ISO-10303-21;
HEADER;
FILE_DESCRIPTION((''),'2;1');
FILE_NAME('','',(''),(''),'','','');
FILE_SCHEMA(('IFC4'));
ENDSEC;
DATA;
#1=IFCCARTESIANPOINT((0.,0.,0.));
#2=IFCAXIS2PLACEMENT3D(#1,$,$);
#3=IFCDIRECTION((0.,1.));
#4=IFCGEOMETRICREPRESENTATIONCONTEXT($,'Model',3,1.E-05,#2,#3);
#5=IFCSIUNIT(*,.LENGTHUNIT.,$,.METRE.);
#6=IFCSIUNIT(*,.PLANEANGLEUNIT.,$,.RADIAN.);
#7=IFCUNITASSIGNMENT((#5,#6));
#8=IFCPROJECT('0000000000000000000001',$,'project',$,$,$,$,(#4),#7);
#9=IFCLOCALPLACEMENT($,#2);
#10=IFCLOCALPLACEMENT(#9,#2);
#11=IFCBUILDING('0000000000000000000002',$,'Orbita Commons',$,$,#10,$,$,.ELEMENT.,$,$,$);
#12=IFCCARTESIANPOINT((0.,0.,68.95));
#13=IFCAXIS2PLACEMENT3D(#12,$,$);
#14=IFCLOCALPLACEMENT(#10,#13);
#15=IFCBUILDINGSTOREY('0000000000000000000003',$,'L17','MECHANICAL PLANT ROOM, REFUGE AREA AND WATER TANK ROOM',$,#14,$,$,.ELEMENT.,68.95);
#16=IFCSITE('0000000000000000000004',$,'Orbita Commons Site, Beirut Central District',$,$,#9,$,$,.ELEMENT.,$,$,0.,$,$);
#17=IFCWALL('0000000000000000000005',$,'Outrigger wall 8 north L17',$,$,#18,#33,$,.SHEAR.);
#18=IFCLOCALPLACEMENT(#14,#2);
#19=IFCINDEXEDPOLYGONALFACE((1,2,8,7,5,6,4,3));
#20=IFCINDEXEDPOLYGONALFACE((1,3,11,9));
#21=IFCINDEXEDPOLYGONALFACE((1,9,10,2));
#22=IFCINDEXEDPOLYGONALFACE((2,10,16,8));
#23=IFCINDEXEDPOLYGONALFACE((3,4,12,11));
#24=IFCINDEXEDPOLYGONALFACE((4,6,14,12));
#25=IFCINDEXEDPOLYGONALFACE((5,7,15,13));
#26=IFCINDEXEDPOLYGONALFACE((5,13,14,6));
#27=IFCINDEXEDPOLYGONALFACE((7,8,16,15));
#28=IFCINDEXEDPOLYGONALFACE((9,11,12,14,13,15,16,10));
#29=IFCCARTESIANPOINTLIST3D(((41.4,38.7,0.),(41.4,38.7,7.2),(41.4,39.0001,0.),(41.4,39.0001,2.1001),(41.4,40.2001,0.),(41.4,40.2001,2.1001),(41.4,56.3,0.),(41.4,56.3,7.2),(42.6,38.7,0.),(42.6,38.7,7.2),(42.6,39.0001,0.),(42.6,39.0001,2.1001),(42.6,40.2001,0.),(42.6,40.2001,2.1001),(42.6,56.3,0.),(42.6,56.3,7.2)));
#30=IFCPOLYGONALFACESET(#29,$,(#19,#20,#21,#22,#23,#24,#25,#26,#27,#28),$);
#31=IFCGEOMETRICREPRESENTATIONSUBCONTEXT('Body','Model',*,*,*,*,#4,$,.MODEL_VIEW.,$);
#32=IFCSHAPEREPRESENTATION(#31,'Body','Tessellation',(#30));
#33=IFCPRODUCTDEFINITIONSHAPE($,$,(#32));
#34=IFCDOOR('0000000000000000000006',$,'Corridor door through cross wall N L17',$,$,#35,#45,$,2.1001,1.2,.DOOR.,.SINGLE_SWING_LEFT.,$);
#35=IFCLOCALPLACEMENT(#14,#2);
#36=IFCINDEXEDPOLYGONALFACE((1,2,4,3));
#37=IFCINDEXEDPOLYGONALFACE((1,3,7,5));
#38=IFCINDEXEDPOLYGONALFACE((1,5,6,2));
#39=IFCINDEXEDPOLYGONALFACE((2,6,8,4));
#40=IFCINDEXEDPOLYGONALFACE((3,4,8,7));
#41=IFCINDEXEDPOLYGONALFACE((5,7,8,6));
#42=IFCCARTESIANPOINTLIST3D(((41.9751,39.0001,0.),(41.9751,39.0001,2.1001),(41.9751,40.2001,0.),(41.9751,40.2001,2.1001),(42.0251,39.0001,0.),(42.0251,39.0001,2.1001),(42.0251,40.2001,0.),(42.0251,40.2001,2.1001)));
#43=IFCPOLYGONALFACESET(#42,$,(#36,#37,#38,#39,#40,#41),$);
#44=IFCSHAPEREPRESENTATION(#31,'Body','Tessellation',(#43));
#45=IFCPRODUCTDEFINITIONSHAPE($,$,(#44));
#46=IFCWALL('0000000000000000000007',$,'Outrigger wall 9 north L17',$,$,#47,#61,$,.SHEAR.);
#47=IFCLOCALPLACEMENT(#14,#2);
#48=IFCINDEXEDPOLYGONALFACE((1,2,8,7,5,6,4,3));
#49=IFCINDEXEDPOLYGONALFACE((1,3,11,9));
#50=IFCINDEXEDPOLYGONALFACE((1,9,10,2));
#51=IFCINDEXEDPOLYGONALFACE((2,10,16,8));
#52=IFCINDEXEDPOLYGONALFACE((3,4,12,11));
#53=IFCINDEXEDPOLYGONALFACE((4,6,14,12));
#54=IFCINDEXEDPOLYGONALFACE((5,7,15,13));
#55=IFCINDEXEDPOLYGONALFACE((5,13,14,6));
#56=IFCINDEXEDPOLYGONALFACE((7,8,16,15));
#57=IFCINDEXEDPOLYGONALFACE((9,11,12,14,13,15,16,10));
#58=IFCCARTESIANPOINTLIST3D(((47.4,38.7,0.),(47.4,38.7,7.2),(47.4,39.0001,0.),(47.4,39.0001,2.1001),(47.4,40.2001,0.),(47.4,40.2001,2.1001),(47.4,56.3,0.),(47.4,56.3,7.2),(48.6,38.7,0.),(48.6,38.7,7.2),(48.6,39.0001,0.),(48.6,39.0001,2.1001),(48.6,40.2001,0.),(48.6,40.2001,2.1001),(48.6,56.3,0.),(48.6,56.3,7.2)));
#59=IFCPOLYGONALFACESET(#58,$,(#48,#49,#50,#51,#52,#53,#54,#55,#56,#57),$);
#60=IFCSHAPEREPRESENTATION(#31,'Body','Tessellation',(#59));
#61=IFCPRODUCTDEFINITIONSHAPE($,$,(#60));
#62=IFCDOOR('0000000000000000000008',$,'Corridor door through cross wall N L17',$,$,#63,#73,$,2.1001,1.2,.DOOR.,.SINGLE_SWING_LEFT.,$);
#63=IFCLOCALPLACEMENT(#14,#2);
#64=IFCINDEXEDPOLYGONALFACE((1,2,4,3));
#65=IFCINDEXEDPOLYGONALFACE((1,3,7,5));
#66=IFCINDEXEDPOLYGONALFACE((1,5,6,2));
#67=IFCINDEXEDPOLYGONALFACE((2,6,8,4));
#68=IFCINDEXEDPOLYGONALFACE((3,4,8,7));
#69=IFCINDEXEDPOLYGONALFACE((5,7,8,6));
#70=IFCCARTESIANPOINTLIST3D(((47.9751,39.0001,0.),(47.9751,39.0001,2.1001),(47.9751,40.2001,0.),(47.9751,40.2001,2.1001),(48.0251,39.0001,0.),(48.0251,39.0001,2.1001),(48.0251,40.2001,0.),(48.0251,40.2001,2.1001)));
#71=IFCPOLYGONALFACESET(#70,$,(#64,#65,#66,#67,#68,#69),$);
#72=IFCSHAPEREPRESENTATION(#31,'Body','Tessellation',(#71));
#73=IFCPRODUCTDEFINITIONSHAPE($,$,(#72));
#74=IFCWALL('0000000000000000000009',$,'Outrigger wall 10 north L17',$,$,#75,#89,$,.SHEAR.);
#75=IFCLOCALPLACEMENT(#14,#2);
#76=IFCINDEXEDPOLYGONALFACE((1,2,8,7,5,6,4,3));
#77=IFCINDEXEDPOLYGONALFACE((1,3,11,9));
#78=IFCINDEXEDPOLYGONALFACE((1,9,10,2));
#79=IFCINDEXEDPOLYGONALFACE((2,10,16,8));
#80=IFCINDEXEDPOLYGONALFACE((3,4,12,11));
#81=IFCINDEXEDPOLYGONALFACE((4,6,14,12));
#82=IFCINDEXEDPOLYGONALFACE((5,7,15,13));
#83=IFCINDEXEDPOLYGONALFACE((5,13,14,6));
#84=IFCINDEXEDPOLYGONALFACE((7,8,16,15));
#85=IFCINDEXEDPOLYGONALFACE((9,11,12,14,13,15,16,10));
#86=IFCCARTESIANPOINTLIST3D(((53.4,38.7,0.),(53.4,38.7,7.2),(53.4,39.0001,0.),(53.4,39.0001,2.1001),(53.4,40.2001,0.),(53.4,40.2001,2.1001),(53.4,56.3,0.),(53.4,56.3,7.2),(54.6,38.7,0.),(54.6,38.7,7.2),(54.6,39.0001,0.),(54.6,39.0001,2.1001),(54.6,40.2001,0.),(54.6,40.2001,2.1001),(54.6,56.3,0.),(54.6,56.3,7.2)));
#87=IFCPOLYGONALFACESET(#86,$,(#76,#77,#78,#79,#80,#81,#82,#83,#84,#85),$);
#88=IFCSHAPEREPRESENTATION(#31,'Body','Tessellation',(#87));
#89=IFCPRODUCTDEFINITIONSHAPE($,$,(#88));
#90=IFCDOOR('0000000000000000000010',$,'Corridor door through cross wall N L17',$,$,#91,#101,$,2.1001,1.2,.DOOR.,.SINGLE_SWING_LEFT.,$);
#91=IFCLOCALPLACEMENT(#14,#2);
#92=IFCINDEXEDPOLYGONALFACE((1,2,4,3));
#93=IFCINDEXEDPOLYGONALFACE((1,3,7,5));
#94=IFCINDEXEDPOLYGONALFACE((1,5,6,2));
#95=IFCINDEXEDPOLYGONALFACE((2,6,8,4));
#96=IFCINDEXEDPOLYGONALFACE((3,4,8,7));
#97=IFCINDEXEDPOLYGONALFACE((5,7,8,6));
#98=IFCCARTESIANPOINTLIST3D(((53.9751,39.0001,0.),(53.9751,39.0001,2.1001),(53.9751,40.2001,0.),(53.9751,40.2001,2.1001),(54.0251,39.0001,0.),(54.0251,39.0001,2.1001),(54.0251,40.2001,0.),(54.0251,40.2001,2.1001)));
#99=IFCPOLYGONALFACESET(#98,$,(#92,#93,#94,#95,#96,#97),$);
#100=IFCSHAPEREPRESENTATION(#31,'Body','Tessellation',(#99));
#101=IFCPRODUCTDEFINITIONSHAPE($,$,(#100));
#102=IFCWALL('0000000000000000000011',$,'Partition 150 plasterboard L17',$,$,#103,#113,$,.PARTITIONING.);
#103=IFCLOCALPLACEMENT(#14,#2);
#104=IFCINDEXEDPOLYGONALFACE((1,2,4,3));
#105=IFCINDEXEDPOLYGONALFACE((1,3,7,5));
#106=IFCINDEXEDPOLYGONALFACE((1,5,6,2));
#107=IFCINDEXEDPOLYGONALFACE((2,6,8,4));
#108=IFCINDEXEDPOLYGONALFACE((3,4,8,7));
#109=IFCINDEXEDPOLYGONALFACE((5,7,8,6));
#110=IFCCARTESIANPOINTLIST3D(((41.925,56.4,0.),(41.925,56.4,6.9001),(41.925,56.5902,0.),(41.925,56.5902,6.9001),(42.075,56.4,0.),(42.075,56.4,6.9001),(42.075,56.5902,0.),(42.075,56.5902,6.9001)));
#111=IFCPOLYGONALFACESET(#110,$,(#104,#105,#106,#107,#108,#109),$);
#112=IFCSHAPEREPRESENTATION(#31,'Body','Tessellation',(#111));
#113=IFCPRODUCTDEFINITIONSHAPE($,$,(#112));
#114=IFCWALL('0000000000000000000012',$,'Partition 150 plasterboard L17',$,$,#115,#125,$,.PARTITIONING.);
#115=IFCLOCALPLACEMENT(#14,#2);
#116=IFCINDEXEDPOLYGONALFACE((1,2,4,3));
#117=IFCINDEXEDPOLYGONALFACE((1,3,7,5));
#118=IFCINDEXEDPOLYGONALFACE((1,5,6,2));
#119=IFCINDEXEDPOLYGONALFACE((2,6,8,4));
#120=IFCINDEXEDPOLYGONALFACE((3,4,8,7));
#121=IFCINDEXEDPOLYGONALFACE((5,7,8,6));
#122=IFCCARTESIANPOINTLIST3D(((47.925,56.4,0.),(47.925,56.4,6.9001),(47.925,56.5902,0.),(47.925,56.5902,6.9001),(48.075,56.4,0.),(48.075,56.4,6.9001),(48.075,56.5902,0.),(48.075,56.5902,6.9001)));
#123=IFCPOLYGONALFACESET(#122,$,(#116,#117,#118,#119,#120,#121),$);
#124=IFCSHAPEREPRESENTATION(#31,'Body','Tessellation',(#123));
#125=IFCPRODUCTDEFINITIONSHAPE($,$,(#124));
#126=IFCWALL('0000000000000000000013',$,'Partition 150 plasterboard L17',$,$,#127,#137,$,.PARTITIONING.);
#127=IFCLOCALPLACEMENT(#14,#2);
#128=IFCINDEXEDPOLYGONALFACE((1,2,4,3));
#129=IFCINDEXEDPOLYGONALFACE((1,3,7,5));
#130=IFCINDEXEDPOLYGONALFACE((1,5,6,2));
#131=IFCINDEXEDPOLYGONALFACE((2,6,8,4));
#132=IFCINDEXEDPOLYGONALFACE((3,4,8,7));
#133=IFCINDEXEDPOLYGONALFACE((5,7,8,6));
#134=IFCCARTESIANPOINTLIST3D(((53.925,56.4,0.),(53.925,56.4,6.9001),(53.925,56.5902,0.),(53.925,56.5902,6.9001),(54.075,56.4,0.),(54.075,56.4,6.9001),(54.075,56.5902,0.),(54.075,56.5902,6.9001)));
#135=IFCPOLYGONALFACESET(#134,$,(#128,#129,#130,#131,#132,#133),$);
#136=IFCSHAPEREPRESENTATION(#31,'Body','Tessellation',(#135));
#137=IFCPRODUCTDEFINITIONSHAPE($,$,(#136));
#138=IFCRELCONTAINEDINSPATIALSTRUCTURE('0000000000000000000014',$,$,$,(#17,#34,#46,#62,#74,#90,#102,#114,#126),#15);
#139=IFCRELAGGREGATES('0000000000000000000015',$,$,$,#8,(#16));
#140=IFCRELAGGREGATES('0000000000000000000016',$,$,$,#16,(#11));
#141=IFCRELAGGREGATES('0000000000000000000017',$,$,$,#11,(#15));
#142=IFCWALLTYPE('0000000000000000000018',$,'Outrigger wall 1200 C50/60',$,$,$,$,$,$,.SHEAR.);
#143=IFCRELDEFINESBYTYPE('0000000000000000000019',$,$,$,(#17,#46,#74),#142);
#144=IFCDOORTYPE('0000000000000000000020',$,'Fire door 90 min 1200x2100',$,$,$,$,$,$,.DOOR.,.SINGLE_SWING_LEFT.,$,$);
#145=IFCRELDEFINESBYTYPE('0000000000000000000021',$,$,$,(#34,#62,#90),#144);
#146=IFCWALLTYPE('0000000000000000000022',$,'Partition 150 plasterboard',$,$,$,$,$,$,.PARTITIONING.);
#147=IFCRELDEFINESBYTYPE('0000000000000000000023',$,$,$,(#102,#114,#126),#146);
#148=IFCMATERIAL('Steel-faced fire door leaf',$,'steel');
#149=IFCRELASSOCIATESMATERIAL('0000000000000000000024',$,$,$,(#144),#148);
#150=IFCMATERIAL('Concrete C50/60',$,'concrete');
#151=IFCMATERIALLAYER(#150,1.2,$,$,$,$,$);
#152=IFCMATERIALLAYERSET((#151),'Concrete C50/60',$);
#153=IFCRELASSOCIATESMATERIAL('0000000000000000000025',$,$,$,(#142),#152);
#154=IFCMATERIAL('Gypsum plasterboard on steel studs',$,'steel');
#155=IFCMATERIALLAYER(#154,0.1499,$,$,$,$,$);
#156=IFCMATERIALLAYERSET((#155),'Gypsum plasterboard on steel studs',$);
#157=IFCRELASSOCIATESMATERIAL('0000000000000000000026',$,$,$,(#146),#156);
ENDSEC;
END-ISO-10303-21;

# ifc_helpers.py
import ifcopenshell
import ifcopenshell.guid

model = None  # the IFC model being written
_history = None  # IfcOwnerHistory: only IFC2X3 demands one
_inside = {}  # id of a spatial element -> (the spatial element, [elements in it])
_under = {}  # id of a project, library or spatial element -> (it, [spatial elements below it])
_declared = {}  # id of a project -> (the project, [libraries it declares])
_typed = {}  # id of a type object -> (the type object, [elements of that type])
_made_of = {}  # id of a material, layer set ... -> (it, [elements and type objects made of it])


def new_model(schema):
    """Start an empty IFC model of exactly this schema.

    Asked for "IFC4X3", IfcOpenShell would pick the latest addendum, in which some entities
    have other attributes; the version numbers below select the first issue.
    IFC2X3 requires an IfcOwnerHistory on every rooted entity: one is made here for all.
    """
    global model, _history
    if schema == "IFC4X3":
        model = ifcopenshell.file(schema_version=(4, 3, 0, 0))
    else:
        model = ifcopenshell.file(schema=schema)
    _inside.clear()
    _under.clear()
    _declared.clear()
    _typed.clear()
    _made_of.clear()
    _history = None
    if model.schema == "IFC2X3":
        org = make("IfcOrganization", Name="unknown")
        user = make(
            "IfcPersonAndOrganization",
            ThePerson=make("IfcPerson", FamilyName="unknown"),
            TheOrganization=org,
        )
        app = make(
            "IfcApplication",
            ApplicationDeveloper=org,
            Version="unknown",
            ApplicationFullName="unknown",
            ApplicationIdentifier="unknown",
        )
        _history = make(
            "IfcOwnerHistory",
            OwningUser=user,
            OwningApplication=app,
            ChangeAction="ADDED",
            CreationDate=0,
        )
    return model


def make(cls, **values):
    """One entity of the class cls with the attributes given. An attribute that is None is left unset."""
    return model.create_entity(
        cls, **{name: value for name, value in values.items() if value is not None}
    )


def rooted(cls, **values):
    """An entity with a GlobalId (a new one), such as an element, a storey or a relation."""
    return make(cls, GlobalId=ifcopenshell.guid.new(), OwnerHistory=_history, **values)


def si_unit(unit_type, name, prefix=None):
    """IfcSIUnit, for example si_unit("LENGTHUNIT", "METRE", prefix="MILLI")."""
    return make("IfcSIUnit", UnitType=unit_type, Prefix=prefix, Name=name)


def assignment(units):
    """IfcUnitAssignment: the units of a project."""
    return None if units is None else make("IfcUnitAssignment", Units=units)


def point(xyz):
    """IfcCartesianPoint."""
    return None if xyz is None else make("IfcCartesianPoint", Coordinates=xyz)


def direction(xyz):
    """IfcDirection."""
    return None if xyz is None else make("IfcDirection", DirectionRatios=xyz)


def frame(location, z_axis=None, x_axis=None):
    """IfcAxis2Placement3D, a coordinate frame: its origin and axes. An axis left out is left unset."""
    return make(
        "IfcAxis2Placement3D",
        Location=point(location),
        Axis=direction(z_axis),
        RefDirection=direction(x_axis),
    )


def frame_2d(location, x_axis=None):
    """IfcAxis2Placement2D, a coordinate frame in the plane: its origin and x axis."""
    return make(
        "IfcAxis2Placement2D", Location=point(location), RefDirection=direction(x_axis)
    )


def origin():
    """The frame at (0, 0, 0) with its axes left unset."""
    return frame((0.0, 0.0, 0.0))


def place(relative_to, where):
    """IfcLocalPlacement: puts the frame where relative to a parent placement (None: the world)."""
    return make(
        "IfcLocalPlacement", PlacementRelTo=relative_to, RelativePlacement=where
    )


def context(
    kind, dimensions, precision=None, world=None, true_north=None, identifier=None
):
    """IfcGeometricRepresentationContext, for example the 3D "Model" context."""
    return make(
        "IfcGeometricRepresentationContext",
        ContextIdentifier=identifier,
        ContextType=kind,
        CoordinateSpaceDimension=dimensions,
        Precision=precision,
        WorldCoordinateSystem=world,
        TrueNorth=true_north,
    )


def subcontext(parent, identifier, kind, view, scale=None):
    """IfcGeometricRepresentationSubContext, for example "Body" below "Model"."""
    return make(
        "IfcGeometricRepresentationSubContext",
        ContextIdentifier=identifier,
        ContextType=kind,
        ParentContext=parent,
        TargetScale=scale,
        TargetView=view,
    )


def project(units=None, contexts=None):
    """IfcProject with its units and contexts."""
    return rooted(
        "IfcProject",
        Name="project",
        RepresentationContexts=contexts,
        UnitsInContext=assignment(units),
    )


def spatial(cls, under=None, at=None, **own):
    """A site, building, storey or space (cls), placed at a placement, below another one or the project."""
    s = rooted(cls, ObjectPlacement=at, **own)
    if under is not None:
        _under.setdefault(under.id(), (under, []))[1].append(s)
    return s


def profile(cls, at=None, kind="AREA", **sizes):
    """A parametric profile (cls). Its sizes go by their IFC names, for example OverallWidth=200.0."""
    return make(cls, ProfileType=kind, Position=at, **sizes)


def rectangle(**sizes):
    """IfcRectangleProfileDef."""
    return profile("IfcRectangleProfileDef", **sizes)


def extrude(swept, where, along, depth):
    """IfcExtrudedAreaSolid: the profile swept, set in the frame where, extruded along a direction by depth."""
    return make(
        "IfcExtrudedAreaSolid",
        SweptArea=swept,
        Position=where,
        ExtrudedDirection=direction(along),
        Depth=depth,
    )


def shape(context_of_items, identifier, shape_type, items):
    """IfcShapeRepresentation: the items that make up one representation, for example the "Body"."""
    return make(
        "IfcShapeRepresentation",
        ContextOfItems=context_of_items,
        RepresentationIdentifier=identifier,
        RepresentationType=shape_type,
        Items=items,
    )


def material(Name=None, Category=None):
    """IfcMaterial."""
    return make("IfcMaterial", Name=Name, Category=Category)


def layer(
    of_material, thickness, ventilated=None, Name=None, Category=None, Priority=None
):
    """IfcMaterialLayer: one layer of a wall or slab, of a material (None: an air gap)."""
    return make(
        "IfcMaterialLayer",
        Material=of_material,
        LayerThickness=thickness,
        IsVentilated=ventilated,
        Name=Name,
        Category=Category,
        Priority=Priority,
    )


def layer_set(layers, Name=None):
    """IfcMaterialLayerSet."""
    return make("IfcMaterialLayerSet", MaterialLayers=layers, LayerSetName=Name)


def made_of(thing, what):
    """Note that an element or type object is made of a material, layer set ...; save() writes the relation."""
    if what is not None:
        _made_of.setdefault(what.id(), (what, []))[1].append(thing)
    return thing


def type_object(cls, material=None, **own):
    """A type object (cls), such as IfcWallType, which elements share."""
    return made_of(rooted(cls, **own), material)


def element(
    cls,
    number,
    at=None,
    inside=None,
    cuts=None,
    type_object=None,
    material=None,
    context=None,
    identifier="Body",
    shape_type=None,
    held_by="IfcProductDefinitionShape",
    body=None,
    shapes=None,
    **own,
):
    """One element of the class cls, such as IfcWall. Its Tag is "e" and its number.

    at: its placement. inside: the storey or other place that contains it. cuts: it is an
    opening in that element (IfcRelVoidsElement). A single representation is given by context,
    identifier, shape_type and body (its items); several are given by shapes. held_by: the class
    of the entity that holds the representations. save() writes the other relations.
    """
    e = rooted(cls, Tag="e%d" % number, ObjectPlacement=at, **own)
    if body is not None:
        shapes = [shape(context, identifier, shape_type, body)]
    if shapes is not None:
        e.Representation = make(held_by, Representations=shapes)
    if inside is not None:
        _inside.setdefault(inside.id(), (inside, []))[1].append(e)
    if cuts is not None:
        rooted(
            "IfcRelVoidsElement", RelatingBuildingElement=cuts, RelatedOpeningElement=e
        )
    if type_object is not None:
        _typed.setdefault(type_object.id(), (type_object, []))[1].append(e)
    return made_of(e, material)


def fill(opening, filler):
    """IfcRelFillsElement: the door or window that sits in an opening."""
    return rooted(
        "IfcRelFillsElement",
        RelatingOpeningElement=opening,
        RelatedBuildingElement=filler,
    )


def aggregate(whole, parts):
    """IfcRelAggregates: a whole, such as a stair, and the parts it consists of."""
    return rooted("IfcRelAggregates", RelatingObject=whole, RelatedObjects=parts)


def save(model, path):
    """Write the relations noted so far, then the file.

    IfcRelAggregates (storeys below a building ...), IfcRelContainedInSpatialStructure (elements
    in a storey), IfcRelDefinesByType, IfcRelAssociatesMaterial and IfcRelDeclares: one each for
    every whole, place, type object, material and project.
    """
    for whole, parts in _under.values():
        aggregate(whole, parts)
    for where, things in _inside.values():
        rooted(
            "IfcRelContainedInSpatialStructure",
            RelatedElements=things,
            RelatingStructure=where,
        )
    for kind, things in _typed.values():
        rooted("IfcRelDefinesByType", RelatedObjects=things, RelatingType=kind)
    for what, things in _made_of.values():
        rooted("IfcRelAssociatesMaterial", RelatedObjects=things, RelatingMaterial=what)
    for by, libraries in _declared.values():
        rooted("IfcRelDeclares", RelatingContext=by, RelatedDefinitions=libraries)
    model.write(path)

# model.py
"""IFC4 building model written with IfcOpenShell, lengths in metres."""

from ifc_helpers import new_model, si_unit, direction, frame, frame_2d, origin, place, context, subcontext, project, spatial, rectangle, extrude, material, layer, layer_set, type_object, element, fill, save


model = new_model("IFC4")

# Units and contexts
model_context = context("Model", 3, precision=1e-05, world=origin(), true_north=direction((0.0, 1.0)))
body_context = subcontext(model_context, "Body", "Model", "MODEL_VIEW")
ifc_project = project(units=[si_unit("LENGTHUNIT", "METRE"), si_unit("PLANEANGLEUNIT", "RADIAN")], contexts=[model_context])

# Site, building, storey
site_placement = place(None, origin())
site = spatial("IfcSite", under=ifc_project, at=site_placement, Name="Orbita Commons Site, Beirut Central District", CompositionType="ELEMENT", RefElevation=0.0)
building_placement = place(site_placement, origin())
building = spatial("IfcBuilding", under=site, at=building_placement, Name="Orbita Commons", CompositionType="ELEMENT")
storey_placement = place(building_placement, frame((0.0, 0.0, 68.95)))
storey = spatial("IfcBuildingStorey", under=building, at=storey_placement, Name="L17", Description="MECHANICAL PLANT ROOM, REFUGE AREA AND WATER TANK ROOM", CompositionType="ELEMENT", Elevation=68.95)

# Walls, openings, doors
ifc_material_1 = material(Name="Steel-faced fire door leaf", Category="steel")
door_type = type_object("IfcDoorType", Name="Fire door 90 min 1200x2100", OperationType="SINGLE_SWING_LEFT", PredefinedType="DOOR", material=ifc_material_1)
ifc_material_2 = material(Name="Concrete C50/60", Category="concrete")
ifc_layer_1 = layer(ifc_material_2, 1.2)
ifc_layer_set_1 = layer_set([ifc_layer_1], Name="Concrete C50/60")
wall_type_1 = type_object("IfcWallType", Name="Outrigger wall 1200 C50/60", PredefinedType="SHEAR", material=ifc_layer_set_1)
wall_1_placement = place(storey_placement, frame((42.0, 38.7, 0.0), z_axis=(0.0, 0.0, 1.0), x_axis=(0.0, 1.0, 0.0)))
wall_1 = element("IfcWall", 1, at=wall_1_placement, inside=storey, type_object=wall_type_1, Name="Outrigger wall 8 north L17", PredefinedType="SHEAR", context=body_context, shape_type="SweptSolid", body=[
    extrude(rectangle(XDim=17.6001, YDim=1.2, at=frame_2d((8.8, 0.0))), origin(), (0.0, 0.0, 1.0), 7.2),
])
opening_1_placement = place(wall_1_placement, frame((0.3, 0.0, 0.0)))
opening_1 = element("IfcOpeningElement", 2, at=opening_1_placement, cuts=wall_1, PredefinedType="OPENING", context=body_context, shape_type="SweptSolid", body=[
    extrude(rectangle(XDim=1.2, YDim=2.1001, at=frame_2d((0.6001, 1.05))), frame((0.0, 0.6099, 0.0), z_axis=(0.0, -1.0, 0.0), x_axis=(1.0, 0.0, 0.0)), (0.0, 0.0, 1.0), 1.22),
])
door_1_placement = place(opening_1_placement, origin())
door_1 = element("IfcDoor", 3, at=door_1_placement, inside=storey, type_object=door_type, Name="Corridor door through cross wall N L17", OperationType="SINGLE_SWING_LEFT", OverallHeight=2.1001, OverallWidth=1.2, PredefinedType="DOOR", context=body_context, shape_type="SweptSolid", body=[
    extrude(rectangle(XDim=1.2, YDim=2.1001, at=frame_2d((0.6001, 1.05))), frame((0.0, 0.0249, 0.0), z_axis=(0.0, -1.0, 0.0), x_axis=(1.0, 0.0, 0.0)), (0.0, 0.0, 1.0), 0.05),
])
fill(opening_1, door_1)
wall_2_placement = place(storey_placement, frame((48.0, 38.7, 0.0), z_axis=(0.0, 0.0, 1.0), x_axis=(0.0, 1.0, 0.0)))
wall_2 = element("IfcWall", 4, at=wall_2_placement, inside=storey, type_object=wall_type_1, Name="Outrigger wall 9 north L17", PredefinedType="SHEAR", context=body_context, shape_type="SweptSolid", body=[
    extrude(rectangle(XDim=17.6001, YDim=1.2, at=frame_2d((8.8, 0.0))), origin(), (0.0, 0.0, 1.0), 7.2),
])
opening_2_placement = place(wall_2_placement, frame((0.3, 0.0, 0.0)))
opening_2 = element("IfcOpeningElement", 5, at=opening_2_placement, cuts=wall_2, PredefinedType="OPENING", context=body_context, shape_type="SweptSolid", body=[
    extrude(rectangle(XDim=1.2, YDim=2.1001, at=frame_2d((0.6001, 1.05))), frame((0.0, 0.6099, 0.0), z_axis=(0.0, -1.0, 0.0), x_axis=(1.0, 0.0, 0.0)), (0.0, 0.0, 1.0), 1.22),
])
door_2_placement = place(opening_2_placement, origin())
door_2 = element("IfcDoor", 6, at=door_2_placement, inside=storey, type_object=door_type, Name="Corridor door through cross wall N L17", OperationType="SINGLE_SWING_LEFT", OverallHeight=2.1001, OverallWidth=1.2, PredefinedType="DOOR", context=body_context, shape_type="SweptSolid", body=[
    extrude(rectangle(XDim=1.2, YDim=2.1001, at=frame_2d((0.6001, 1.05))), frame((0.0, 0.0249, 0.0), z_axis=(0.0, -1.0, 0.0), x_axis=(1.0, 0.0, 0.0)), (0.0, 0.0, 1.0), 0.05),
])
fill(opening_2, door_2)
wall_3_placement = place(storey_placement, frame((54.0, 38.7, 0.0), z_axis=(0.0, 0.0, 1.0), x_axis=(0.0, 1.0, 0.0)))
wall_3 = element("IfcWall", 7, at=wall_3_placement, inside=storey, type_object=wall_type_1, Name="Outrigger wall 10 north L17", PredefinedType="SHEAR", context=body_context, shape_type="SweptSolid", body=[
    extrude(rectangle(XDim=17.6001, YDim=1.2, at=frame_2d((8.8, 0.0))), origin(), (0.0, 0.0, 1.0), 7.2),
])
opening_3_placement = place(wall_3_placement, frame((0.3, 0.0, 0.0)))
opening_3 = element("IfcOpeningElement", 8, at=opening_3_placement, cuts=wall_3, PredefinedType="OPENING", context=body_context, shape_type="SweptSolid", body=[
    extrude(rectangle(XDim=1.2, YDim=2.1001, at=frame_2d((0.6001, 1.05))), frame((0.0, 0.6099, 0.0), z_axis=(0.0, -1.0, 0.0), x_axis=(1.0, 0.0, 0.0)), (0.0, 0.0, 1.0), 1.22),
])
door_3_placement = place(opening_3_placement, origin())
door_3 = element("IfcDoor", 9, at=door_3_placement, inside=storey, type_object=door_type, Name="Corridor door through cross wall N L17", OperationType="SINGLE_SWING_LEFT", OverallHeight=2.1001, OverallWidth=1.2, PredefinedType="DOOR", context=body_context, shape_type="SweptSolid", body=[
    extrude(rectangle(XDim=1.2, YDim=2.1001, at=frame_2d((0.6001, 1.05))), frame((0.0, 0.0249, 0.0), z_axis=(0.0, -1.0, 0.0), x_axis=(1.0, 0.0, 0.0)), (0.0, 0.0, 1.0), 0.05),
])
fill(opening_3, door_3)

# Walls
ifc_material_3 = material(Name="Gypsum plasterboard on steel studs", Category="steel")
ifc_layer_2 = layer(ifc_material_3, 0.1499)
ifc_layer_set_2 = layer_set([ifc_layer_2], Name="Gypsum plasterboard on steel studs")
wall_type_2 = type_object("IfcWallType", Name="Partition 150 plasterboard", PredefinedType="PARTITIONING", material=ifc_layer_set_2)
for number, where, z_axis, x_axis, name in (
    (10, (42.0, 56.3999, 0.0), (0.0, 0.0, 1.0), (0.0, 1.0, 0.0), "Partition 150 plasterboard L17"),
    (11, (48.0, 56.3999, 0.0), (0.0, 0.0, 1.0), (0.0, 1.0, 0.0), "Partition 150 plasterboard L17"),
    (12, (54.0, 56.3999, 0.0), (0.0, 0.0, 1.0), (0.0, 1.0, 0.0), "Partition 150 plasterboard L17"),
):
    element("IfcWall", number, at=place(storey_placement, frame(where, z_axis=z_axis, x_axis=x_axis)), inside=storey, type_object=wall_type_2, Name=name, PredefinedType="PARTITIONING", context=body_context, shape_type="SweptSolid", body=[
        extrude(rectangle(XDim=0.1902, YDim=0.1499, at=frame_2d((0.0952, 0.0))), origin(), (0.0, 0.0, 1.0), 6.9001),
    ])

save(model, "model.ifc")
